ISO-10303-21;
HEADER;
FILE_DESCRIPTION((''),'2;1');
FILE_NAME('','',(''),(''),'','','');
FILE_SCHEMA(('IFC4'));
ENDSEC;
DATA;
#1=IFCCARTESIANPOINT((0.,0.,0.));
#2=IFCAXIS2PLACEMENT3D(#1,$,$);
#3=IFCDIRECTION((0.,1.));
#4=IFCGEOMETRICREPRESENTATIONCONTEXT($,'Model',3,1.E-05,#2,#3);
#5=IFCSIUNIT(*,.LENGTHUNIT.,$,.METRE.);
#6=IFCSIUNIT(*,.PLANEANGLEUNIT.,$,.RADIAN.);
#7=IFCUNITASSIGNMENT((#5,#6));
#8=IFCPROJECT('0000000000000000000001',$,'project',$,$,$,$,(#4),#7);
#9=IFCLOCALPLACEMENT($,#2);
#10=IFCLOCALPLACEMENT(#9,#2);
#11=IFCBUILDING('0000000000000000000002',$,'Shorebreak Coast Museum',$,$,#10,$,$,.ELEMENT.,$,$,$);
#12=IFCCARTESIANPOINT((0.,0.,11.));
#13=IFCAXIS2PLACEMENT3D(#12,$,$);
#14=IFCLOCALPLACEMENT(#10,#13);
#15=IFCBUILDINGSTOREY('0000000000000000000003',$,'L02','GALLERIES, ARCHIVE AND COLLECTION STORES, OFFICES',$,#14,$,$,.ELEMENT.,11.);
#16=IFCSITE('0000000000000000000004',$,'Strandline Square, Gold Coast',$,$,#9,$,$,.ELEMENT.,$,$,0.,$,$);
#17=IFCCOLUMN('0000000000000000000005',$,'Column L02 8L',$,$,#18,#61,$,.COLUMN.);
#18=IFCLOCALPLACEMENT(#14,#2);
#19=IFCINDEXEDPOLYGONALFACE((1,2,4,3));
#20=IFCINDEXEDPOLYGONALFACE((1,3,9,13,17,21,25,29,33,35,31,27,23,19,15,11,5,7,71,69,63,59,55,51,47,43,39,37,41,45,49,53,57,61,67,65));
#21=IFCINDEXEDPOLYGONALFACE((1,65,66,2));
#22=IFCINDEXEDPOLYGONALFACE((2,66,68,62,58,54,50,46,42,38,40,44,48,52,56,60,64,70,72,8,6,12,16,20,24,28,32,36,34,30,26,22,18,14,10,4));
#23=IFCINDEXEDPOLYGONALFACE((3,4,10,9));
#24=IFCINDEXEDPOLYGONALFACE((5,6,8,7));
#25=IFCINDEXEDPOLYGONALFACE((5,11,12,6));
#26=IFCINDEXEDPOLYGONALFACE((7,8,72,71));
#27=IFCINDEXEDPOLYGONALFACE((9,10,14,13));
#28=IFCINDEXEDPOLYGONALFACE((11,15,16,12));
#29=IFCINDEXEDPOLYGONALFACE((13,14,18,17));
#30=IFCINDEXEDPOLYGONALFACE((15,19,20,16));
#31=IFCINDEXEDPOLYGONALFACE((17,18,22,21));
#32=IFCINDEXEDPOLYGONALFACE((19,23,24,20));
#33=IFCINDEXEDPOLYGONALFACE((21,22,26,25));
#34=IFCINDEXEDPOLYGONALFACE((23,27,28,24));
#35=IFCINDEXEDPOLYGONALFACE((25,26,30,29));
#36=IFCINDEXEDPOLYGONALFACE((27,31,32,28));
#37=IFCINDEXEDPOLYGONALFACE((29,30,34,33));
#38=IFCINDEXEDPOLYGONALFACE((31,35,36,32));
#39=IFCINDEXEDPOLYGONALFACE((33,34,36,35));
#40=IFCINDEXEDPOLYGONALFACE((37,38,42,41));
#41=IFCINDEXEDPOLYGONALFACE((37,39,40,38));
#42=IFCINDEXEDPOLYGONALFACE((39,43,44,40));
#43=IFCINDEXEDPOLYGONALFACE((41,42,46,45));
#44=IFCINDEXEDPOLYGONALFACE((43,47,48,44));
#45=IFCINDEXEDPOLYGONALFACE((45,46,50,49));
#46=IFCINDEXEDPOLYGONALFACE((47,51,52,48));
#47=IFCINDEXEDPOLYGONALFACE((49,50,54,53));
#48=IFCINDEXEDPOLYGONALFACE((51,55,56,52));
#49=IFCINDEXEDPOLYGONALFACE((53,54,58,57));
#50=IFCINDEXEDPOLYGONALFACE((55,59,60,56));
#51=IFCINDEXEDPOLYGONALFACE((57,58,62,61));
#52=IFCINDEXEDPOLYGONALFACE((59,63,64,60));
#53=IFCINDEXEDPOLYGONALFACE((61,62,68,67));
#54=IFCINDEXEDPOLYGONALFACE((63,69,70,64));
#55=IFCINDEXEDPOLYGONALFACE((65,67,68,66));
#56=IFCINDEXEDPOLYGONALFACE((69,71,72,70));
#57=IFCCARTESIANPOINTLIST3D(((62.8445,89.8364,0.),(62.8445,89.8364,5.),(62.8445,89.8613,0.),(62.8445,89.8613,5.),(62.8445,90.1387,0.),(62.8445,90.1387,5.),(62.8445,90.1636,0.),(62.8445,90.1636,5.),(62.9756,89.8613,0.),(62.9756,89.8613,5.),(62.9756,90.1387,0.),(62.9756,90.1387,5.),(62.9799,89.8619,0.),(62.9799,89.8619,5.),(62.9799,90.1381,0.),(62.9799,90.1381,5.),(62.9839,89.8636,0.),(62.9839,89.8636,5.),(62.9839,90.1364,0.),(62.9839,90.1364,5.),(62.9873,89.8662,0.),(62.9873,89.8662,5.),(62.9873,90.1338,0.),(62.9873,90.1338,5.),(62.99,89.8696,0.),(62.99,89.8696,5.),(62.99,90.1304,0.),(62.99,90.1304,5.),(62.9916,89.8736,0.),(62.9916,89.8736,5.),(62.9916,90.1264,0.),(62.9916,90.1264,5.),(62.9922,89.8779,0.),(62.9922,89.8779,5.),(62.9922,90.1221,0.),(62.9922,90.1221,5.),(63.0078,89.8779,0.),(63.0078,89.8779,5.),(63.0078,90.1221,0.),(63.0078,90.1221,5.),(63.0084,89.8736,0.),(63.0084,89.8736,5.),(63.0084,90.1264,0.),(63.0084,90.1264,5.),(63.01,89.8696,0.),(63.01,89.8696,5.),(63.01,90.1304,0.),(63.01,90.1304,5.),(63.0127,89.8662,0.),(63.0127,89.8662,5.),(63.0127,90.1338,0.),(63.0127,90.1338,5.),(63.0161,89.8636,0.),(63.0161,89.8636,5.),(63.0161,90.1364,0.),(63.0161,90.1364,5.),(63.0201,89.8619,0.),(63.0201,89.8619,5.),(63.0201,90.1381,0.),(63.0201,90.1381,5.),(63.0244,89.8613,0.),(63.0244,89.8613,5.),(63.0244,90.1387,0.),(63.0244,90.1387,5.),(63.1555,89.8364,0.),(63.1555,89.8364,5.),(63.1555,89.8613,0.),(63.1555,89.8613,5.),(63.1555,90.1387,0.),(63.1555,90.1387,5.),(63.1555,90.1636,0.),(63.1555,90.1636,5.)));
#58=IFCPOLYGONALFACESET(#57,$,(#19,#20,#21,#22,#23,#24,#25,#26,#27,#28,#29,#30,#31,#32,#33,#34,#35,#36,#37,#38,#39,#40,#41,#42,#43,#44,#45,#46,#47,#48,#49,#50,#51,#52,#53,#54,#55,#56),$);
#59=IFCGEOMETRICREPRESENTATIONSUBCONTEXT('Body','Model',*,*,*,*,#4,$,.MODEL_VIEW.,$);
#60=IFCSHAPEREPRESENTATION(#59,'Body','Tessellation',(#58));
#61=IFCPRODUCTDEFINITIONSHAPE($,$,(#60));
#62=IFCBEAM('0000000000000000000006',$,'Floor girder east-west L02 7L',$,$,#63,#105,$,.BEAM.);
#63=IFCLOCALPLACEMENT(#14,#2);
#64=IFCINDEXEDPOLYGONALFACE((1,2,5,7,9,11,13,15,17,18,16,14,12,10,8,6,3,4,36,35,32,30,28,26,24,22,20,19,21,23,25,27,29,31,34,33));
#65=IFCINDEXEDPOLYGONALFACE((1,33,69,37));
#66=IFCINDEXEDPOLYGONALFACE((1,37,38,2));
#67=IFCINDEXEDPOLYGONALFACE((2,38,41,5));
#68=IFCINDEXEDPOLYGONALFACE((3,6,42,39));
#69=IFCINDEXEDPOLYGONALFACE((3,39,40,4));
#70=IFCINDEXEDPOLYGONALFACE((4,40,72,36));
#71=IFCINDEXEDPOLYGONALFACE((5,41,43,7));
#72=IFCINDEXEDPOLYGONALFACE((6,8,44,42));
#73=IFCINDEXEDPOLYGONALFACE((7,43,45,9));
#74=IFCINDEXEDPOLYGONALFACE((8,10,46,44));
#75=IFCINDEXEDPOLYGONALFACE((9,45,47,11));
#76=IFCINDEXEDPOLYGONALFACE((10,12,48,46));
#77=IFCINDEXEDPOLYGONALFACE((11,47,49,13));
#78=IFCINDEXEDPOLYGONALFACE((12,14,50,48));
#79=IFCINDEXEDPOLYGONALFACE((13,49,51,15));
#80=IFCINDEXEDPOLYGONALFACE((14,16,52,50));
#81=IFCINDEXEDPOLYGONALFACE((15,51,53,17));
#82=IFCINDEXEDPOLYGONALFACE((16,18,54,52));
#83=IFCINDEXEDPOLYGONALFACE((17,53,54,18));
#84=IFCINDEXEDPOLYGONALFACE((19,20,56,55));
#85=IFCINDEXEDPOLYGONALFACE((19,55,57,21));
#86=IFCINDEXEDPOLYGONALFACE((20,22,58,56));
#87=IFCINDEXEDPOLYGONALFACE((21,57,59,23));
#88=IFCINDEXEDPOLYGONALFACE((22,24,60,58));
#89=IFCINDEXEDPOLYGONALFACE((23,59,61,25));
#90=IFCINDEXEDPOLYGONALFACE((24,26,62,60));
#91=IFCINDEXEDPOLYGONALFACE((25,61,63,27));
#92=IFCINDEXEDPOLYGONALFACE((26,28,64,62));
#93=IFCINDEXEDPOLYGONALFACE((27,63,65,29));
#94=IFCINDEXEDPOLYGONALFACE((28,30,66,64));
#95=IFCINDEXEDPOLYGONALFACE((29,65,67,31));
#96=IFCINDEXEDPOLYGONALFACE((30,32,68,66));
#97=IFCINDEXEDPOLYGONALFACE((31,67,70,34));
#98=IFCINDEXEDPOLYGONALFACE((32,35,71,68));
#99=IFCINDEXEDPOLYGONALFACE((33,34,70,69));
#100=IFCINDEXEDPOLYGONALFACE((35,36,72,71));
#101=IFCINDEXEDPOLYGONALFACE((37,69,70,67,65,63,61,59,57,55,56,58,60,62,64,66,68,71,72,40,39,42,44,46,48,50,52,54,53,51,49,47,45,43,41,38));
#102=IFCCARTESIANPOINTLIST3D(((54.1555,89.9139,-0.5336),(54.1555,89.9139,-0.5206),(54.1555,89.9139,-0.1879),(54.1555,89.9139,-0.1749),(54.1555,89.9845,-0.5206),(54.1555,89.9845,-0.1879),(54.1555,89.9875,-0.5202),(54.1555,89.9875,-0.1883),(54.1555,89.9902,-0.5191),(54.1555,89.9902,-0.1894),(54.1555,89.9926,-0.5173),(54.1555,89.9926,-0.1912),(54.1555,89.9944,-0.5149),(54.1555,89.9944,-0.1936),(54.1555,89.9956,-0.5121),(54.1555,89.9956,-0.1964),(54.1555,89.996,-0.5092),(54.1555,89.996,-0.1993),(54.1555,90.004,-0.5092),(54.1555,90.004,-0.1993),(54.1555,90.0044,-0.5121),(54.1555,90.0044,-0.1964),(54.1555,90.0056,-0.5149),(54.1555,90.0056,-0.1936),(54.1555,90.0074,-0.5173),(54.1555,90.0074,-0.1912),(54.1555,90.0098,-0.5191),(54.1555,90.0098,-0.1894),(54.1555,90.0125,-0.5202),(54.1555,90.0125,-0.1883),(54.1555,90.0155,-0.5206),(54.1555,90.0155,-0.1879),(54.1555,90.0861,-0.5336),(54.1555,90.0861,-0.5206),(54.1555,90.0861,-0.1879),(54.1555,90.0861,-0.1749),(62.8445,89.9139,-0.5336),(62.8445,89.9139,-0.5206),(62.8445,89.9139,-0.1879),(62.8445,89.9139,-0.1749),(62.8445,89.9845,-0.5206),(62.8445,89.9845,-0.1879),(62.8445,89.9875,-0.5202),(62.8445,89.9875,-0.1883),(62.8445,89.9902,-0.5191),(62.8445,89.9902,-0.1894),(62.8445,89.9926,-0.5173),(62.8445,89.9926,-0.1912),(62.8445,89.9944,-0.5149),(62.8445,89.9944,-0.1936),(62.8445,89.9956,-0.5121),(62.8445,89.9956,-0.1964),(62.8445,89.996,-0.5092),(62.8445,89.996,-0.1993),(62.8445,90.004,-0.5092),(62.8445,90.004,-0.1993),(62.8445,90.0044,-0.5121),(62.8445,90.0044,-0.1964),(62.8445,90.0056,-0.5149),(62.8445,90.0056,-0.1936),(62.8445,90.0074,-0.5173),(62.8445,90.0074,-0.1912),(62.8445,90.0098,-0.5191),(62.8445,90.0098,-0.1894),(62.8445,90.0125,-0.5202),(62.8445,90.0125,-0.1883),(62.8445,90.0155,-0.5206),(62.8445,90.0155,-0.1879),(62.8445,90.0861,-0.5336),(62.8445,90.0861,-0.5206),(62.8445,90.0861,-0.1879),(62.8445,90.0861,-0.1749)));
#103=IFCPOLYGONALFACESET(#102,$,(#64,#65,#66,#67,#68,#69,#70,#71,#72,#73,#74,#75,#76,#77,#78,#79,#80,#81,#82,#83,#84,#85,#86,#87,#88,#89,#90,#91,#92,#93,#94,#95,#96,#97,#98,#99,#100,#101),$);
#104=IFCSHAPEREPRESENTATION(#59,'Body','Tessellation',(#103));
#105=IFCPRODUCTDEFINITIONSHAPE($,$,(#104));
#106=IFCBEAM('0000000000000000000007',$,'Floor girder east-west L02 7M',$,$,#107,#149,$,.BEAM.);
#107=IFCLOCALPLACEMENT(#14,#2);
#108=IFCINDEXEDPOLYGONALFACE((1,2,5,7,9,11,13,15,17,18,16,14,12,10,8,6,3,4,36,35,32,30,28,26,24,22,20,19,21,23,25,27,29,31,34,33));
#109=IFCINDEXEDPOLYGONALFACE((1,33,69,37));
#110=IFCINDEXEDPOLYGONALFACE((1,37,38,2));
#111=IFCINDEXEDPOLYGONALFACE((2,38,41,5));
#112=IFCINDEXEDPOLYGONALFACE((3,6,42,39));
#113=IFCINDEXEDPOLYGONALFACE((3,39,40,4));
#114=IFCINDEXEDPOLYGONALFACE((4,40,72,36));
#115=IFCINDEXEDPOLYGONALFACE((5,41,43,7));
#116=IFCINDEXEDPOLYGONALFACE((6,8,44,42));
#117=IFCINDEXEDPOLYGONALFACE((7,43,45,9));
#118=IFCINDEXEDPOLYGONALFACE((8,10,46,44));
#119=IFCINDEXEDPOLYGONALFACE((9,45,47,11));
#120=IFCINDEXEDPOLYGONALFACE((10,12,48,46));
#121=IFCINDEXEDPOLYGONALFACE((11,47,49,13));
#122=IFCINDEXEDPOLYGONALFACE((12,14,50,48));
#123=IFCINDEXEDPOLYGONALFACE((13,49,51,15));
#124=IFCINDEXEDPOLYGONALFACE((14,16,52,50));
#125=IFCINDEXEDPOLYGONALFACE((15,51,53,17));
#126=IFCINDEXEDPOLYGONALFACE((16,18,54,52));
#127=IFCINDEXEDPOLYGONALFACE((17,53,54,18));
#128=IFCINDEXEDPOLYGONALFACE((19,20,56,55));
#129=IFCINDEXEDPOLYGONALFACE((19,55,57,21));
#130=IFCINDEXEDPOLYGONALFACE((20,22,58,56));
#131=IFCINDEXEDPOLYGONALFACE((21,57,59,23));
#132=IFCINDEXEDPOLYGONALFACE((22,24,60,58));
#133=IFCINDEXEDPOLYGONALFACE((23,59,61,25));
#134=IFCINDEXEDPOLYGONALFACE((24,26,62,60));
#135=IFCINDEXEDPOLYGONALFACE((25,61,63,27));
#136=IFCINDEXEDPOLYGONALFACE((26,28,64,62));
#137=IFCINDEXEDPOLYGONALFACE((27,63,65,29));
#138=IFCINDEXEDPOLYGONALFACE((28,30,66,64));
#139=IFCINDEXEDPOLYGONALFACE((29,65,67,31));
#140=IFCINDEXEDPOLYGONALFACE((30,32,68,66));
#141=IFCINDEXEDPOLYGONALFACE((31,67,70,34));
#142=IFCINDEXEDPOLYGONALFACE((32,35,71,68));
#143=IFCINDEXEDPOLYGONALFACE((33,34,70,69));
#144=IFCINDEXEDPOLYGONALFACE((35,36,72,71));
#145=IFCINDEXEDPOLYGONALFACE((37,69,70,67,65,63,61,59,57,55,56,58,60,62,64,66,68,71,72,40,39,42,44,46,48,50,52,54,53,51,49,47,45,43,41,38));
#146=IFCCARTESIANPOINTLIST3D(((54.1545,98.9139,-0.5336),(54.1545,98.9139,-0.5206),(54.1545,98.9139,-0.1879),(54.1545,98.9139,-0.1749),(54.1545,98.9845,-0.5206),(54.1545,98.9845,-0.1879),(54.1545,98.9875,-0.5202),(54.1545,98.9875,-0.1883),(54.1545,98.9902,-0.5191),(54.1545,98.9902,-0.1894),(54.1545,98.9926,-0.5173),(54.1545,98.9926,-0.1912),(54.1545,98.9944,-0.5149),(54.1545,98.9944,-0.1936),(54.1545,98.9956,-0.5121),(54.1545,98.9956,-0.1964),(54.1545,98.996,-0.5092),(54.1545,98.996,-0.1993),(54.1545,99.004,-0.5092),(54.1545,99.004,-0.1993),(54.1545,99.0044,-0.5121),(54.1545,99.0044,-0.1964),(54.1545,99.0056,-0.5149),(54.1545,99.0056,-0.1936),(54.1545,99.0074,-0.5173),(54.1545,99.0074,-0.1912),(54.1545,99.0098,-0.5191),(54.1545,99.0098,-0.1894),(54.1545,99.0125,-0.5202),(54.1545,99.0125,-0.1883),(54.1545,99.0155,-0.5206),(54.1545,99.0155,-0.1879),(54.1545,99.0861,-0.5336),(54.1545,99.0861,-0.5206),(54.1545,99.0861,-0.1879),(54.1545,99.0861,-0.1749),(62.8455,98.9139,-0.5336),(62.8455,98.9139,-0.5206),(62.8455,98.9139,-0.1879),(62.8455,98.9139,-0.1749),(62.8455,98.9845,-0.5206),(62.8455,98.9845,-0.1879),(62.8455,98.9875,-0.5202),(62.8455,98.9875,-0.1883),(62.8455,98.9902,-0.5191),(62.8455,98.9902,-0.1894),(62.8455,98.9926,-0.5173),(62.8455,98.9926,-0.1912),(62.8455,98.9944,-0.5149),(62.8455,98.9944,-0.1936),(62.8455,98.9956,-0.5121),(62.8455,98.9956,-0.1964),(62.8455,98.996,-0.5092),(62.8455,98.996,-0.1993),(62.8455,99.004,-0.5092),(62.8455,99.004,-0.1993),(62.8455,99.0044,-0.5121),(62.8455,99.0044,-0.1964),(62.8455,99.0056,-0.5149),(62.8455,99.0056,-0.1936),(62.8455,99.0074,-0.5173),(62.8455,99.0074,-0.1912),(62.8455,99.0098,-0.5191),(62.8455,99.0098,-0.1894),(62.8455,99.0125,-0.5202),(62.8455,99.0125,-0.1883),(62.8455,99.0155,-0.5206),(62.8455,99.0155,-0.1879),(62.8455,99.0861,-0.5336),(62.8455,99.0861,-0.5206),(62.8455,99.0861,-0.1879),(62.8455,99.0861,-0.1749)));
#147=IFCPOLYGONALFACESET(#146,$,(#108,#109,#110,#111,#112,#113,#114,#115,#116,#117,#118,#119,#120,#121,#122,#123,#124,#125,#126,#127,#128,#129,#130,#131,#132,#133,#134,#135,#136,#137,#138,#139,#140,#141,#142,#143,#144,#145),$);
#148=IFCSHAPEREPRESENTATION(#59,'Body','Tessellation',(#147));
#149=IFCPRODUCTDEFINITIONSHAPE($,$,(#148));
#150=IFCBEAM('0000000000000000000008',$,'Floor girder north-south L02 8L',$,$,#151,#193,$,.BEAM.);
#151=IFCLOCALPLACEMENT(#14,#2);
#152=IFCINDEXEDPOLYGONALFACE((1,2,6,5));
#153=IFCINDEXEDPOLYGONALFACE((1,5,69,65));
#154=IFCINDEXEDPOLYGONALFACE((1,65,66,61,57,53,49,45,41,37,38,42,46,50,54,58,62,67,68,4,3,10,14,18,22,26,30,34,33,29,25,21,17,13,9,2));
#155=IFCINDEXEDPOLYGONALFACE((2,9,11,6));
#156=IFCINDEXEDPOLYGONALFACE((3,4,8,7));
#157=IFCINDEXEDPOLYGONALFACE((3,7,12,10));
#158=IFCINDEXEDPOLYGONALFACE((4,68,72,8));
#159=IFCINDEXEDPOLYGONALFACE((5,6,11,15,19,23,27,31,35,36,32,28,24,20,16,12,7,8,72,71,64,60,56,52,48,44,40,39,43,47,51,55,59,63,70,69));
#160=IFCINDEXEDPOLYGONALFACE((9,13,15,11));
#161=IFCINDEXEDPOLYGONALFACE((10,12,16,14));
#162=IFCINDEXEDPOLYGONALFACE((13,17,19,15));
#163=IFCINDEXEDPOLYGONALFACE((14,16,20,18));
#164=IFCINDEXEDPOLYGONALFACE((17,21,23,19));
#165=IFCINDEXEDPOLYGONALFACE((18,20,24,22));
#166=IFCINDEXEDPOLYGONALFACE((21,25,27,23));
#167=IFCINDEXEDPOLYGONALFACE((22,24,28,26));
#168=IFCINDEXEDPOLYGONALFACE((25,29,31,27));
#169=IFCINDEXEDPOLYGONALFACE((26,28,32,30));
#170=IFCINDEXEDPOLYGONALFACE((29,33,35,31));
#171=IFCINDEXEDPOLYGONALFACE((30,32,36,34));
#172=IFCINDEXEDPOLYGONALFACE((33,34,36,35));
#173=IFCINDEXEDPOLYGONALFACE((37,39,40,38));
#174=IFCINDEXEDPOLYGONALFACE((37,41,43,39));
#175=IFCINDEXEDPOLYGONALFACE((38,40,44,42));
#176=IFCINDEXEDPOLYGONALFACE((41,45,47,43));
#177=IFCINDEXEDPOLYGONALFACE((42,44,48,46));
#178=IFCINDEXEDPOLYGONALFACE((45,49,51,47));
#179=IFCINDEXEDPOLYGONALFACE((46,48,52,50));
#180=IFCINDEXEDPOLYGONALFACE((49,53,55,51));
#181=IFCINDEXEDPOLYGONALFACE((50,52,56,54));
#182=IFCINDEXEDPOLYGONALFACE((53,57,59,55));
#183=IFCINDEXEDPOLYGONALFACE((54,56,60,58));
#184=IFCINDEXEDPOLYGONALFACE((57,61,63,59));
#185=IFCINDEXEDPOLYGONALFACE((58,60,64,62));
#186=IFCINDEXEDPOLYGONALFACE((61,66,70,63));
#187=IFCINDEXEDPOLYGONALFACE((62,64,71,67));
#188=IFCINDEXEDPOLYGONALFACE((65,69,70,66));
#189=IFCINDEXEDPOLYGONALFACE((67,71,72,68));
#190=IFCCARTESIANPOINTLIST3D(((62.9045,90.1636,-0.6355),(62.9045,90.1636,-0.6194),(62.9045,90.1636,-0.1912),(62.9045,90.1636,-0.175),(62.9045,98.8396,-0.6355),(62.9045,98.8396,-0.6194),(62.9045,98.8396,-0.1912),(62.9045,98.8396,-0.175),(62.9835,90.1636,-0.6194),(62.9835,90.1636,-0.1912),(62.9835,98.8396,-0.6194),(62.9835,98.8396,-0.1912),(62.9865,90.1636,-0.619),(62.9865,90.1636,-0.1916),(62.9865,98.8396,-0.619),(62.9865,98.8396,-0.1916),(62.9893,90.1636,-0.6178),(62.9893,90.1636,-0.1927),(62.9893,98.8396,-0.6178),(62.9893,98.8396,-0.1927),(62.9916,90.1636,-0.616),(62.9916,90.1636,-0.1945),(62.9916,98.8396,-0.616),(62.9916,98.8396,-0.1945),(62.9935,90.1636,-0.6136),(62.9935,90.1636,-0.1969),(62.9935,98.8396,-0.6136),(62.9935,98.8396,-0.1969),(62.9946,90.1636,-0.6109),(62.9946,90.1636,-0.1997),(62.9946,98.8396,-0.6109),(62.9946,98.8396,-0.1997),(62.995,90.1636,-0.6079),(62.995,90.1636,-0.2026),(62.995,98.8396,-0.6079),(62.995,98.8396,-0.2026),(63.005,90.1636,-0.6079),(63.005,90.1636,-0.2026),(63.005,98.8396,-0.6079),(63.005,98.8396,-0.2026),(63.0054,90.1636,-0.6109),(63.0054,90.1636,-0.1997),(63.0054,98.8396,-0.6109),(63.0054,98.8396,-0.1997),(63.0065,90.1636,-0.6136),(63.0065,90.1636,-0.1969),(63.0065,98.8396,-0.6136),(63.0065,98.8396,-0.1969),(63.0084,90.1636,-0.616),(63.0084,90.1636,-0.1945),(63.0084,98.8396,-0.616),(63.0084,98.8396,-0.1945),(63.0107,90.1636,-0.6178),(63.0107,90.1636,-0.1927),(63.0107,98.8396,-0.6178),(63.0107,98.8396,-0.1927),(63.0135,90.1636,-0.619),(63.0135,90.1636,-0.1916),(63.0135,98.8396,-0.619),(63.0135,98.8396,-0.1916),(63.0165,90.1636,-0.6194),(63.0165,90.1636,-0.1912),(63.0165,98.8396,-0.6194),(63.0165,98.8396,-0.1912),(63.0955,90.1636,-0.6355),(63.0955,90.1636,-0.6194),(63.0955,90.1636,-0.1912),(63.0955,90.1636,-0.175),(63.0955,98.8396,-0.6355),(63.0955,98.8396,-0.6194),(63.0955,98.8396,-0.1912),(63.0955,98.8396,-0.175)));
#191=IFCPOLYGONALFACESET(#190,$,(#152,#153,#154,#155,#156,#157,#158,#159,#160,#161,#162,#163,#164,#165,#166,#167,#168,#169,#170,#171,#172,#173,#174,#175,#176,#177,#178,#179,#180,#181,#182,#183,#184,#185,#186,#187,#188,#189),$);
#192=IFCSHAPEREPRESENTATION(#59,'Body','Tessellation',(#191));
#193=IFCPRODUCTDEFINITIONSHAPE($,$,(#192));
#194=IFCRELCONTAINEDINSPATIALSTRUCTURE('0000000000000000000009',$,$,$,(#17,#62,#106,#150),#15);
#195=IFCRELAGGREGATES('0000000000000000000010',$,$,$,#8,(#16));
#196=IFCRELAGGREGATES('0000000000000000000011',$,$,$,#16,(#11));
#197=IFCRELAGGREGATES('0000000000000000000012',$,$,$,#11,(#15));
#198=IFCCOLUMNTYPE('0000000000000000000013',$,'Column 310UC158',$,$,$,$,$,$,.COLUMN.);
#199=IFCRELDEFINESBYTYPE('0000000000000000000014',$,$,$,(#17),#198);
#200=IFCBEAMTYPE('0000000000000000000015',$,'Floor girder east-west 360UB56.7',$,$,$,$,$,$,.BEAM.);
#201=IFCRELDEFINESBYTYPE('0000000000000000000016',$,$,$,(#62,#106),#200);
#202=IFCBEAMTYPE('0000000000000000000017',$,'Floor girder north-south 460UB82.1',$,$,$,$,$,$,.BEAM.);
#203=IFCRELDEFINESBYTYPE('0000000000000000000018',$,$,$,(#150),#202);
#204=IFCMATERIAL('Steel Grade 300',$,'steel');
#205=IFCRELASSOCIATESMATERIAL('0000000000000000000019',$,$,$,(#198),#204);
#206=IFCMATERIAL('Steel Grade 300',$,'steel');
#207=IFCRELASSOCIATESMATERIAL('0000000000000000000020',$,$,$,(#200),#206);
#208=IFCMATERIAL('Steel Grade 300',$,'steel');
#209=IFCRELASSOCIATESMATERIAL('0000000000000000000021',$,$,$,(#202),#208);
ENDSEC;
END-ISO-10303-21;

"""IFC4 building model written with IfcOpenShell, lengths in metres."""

from ifc_helpers import new_model, si_unit, direction, frame, origin, origin_2d, place, context, subcontext, project, spatial, i_section, extrude, material, material_profile, profile_set, type_object, element, save


model = new_model("IFC4")

# Units and contexts
model_context = context("Model", 3, precision=1e-05, world=origin(), true_north=direction((0.0, 1.0)))
body_context = subcontext(model_context, "Body", "Model", "MODEL_VIEW")
ifc_project = project(units=[si_unit("LENGTHUNIT", "METRE"), si_unit("PLANEANGLEUNIT", "RADIAN")], contexts=[model_context])

# Site, building, storey
site_placement = place(None, origin())
site = spatial("IfcSite", under=ifc_project, at=site_placement, Name="Strandline Square, Gold Coast", CompositionType="ELEMENT", RefElevation=0.0)
building_placement = place(site_placement, origin())
building = spatial("IfcBuilding", under=site, at=building_placement, Name="Shorebreak Coast Museum", CompositionType="ELEMENT")
storey_placement = place(building_placement, frame((0.0, 0.0, 11.0)))
storey = spatial("IfcBuildingStorey", under=building, at=storey_placement, Name="L02", Description="GALLERIES, ARCHIVE AND COLLECTION STORES, OFFICES", CompositionType="ELEMENT", Elevation=11.0)

# Column
ifc_material_1 = material(Name="Steel Grade 300", Category="steel")
ifc_material_profile_1 = material_profile(ifc_material_1, i_section(OverallWidth=0.311, OverallDepth=0.3271, WebThickness=0.0156, FlangeThickness=0.0249, FilletRadius=0.0166, at=origin_2d()), Name="310UC158")
ifc_profile_set_1 = profile_set([ifc_material_profile_1], Name="Steel Grade 300")
column_type = type_object("IfcColumnType", Name="Column 310UC158", PredefinedType="COLUMN", material=ifc_profile_set_1)
column_placement = place(storey_placement, frame((63.0, 90.0, 0.0), z_axis=(0.0, 0.0, 1.0), x_axis=(1.0, 0.0, 0.0)))
element("IfcColumn", 1, at=column_placement, inside=storey, type_object=column_type, Name="Column L02 8L", PredefinedType="COLUMN", context=body_context, shape_type="SweptSolid", body=[
    extrude(i_section(OverallWidth=0.311, OverallDepth=0.3271, WebThickness=0.0156, FlangeThickness=0.0249, FilletRadius=0.0166, at=origin_2d()), origin(), (0.0, 0.0, 1.0), 5.0),
])

# Beams
ifc_material_2 = material(Name="Steel Grade 300", Category="steel")
ifc_material_profile_2 = material_profile(ifc_material_2, i_section(OverallWidth=0.1721, OverallDepth=0.3586, WebThickness=0.0081, FlangeThickness=0.0129, FilletRadius=0.0115, at=origin_2d()), Name="360UB56.7")
ifc_profile_set_2 = profile_set([ifc_material_profile_2], Name="Steel Grade 300")
beam_type_1 = type_object("IfcBeamType", Name="Floor girder east-west 360UB56.7", PredefinedType="BEAM", material=ifc_profile_set_2)
beam_1_placement = place(storey_placement, frame((54.1555, 90.0, -0.3542), z_axis=(1.0, 0.0, 0.0), x_axis=(0.0, 1.0, 0.0)))
element("IfcBeam", 2, at=beam_1_placement, inside=storey, type_object=beam_type_1, Name="Floor girder east-west L02 7L", PredefinedType="BEAM", context=body_context, shape_type="SweptSolid", body=[
    extrude(i_section(OverallWidth=0.1721, OverallDepth=0.3586, WebThickness=0.0081, FlangeThickness=0.0129, FilletRadius=0.0115, at=origin_2d()), origin(), (0.0, 0.0, 1.0), 8.689),
])
beam_2_placement = place(storey_placement, frame((54.1545, 99.0, -0.3542), z_axis=(1.0, 0.0, 0.0), x_axis=(0.0, 1.0, 0.0)))
element("IfcBeam", 3, at=beam_2_placement, inside=storey, type_object=beam_type_1, Name="Floor girder east-west L02 7M", PredefinedType="BEAM", context=body_context, shape_type="SweptSolid", body=[
    extrude(i_section(OverallWidth=0.1721, OverallDepth=0.3586, WebThickness=0.0081, FlangeThickness=0.0129, FilletRadius=0.0115, at=origin_2d()), origin(), (0.0, 0.0, 1.0), 8.6909),
])
ifc_material_3 = material(Name="Steel Grade 300", Category="steel")
ifc_material_profile_3 = material_profile(ifc_material_3, i_section(OverallWidth=0.1909, OverallDepth=0.4604, WebThickness=0.01, FlangeThickness=0.0161, FilletRadius=0.0115, at=origin_2d()), Name="460UB82.1")
ifc_profile_set_3 = profile_set([ifc_material_profile_3], Name="Steel Grade 300")
beam_type_2 = type_object("IfcBeamType", Name="Floor girder north-south 460UB82.1", PredefinedType="BEAM", material=ifc_profile_set_3)
beam_3_placement = place(storey_placement, frame((63.0, 90.1636, -0.4053), z_axis=(0.0, 1.0, 0.0), x_axis=(-1.0, 0.0, 0.0)))
element("IfcBeam", 4, at=beam_3_placement, inside=storey, type_object=beam_type_2, Name="Floor girder north-south L02 8L", PredefinedType="BEAM", context=body_context, shape_type="SweptSolid", body=[
    extrude(i_section(OverallWidth=0.1909, OverallDepth=0.4604, WebThickness=0.01, FlangeThickness=0.0161, FilletRadius=0.0115, at=origin_2d()), origin(), (0.0, 0.0, 1.0), 8.676),
])

save(model, "model.ifc")
